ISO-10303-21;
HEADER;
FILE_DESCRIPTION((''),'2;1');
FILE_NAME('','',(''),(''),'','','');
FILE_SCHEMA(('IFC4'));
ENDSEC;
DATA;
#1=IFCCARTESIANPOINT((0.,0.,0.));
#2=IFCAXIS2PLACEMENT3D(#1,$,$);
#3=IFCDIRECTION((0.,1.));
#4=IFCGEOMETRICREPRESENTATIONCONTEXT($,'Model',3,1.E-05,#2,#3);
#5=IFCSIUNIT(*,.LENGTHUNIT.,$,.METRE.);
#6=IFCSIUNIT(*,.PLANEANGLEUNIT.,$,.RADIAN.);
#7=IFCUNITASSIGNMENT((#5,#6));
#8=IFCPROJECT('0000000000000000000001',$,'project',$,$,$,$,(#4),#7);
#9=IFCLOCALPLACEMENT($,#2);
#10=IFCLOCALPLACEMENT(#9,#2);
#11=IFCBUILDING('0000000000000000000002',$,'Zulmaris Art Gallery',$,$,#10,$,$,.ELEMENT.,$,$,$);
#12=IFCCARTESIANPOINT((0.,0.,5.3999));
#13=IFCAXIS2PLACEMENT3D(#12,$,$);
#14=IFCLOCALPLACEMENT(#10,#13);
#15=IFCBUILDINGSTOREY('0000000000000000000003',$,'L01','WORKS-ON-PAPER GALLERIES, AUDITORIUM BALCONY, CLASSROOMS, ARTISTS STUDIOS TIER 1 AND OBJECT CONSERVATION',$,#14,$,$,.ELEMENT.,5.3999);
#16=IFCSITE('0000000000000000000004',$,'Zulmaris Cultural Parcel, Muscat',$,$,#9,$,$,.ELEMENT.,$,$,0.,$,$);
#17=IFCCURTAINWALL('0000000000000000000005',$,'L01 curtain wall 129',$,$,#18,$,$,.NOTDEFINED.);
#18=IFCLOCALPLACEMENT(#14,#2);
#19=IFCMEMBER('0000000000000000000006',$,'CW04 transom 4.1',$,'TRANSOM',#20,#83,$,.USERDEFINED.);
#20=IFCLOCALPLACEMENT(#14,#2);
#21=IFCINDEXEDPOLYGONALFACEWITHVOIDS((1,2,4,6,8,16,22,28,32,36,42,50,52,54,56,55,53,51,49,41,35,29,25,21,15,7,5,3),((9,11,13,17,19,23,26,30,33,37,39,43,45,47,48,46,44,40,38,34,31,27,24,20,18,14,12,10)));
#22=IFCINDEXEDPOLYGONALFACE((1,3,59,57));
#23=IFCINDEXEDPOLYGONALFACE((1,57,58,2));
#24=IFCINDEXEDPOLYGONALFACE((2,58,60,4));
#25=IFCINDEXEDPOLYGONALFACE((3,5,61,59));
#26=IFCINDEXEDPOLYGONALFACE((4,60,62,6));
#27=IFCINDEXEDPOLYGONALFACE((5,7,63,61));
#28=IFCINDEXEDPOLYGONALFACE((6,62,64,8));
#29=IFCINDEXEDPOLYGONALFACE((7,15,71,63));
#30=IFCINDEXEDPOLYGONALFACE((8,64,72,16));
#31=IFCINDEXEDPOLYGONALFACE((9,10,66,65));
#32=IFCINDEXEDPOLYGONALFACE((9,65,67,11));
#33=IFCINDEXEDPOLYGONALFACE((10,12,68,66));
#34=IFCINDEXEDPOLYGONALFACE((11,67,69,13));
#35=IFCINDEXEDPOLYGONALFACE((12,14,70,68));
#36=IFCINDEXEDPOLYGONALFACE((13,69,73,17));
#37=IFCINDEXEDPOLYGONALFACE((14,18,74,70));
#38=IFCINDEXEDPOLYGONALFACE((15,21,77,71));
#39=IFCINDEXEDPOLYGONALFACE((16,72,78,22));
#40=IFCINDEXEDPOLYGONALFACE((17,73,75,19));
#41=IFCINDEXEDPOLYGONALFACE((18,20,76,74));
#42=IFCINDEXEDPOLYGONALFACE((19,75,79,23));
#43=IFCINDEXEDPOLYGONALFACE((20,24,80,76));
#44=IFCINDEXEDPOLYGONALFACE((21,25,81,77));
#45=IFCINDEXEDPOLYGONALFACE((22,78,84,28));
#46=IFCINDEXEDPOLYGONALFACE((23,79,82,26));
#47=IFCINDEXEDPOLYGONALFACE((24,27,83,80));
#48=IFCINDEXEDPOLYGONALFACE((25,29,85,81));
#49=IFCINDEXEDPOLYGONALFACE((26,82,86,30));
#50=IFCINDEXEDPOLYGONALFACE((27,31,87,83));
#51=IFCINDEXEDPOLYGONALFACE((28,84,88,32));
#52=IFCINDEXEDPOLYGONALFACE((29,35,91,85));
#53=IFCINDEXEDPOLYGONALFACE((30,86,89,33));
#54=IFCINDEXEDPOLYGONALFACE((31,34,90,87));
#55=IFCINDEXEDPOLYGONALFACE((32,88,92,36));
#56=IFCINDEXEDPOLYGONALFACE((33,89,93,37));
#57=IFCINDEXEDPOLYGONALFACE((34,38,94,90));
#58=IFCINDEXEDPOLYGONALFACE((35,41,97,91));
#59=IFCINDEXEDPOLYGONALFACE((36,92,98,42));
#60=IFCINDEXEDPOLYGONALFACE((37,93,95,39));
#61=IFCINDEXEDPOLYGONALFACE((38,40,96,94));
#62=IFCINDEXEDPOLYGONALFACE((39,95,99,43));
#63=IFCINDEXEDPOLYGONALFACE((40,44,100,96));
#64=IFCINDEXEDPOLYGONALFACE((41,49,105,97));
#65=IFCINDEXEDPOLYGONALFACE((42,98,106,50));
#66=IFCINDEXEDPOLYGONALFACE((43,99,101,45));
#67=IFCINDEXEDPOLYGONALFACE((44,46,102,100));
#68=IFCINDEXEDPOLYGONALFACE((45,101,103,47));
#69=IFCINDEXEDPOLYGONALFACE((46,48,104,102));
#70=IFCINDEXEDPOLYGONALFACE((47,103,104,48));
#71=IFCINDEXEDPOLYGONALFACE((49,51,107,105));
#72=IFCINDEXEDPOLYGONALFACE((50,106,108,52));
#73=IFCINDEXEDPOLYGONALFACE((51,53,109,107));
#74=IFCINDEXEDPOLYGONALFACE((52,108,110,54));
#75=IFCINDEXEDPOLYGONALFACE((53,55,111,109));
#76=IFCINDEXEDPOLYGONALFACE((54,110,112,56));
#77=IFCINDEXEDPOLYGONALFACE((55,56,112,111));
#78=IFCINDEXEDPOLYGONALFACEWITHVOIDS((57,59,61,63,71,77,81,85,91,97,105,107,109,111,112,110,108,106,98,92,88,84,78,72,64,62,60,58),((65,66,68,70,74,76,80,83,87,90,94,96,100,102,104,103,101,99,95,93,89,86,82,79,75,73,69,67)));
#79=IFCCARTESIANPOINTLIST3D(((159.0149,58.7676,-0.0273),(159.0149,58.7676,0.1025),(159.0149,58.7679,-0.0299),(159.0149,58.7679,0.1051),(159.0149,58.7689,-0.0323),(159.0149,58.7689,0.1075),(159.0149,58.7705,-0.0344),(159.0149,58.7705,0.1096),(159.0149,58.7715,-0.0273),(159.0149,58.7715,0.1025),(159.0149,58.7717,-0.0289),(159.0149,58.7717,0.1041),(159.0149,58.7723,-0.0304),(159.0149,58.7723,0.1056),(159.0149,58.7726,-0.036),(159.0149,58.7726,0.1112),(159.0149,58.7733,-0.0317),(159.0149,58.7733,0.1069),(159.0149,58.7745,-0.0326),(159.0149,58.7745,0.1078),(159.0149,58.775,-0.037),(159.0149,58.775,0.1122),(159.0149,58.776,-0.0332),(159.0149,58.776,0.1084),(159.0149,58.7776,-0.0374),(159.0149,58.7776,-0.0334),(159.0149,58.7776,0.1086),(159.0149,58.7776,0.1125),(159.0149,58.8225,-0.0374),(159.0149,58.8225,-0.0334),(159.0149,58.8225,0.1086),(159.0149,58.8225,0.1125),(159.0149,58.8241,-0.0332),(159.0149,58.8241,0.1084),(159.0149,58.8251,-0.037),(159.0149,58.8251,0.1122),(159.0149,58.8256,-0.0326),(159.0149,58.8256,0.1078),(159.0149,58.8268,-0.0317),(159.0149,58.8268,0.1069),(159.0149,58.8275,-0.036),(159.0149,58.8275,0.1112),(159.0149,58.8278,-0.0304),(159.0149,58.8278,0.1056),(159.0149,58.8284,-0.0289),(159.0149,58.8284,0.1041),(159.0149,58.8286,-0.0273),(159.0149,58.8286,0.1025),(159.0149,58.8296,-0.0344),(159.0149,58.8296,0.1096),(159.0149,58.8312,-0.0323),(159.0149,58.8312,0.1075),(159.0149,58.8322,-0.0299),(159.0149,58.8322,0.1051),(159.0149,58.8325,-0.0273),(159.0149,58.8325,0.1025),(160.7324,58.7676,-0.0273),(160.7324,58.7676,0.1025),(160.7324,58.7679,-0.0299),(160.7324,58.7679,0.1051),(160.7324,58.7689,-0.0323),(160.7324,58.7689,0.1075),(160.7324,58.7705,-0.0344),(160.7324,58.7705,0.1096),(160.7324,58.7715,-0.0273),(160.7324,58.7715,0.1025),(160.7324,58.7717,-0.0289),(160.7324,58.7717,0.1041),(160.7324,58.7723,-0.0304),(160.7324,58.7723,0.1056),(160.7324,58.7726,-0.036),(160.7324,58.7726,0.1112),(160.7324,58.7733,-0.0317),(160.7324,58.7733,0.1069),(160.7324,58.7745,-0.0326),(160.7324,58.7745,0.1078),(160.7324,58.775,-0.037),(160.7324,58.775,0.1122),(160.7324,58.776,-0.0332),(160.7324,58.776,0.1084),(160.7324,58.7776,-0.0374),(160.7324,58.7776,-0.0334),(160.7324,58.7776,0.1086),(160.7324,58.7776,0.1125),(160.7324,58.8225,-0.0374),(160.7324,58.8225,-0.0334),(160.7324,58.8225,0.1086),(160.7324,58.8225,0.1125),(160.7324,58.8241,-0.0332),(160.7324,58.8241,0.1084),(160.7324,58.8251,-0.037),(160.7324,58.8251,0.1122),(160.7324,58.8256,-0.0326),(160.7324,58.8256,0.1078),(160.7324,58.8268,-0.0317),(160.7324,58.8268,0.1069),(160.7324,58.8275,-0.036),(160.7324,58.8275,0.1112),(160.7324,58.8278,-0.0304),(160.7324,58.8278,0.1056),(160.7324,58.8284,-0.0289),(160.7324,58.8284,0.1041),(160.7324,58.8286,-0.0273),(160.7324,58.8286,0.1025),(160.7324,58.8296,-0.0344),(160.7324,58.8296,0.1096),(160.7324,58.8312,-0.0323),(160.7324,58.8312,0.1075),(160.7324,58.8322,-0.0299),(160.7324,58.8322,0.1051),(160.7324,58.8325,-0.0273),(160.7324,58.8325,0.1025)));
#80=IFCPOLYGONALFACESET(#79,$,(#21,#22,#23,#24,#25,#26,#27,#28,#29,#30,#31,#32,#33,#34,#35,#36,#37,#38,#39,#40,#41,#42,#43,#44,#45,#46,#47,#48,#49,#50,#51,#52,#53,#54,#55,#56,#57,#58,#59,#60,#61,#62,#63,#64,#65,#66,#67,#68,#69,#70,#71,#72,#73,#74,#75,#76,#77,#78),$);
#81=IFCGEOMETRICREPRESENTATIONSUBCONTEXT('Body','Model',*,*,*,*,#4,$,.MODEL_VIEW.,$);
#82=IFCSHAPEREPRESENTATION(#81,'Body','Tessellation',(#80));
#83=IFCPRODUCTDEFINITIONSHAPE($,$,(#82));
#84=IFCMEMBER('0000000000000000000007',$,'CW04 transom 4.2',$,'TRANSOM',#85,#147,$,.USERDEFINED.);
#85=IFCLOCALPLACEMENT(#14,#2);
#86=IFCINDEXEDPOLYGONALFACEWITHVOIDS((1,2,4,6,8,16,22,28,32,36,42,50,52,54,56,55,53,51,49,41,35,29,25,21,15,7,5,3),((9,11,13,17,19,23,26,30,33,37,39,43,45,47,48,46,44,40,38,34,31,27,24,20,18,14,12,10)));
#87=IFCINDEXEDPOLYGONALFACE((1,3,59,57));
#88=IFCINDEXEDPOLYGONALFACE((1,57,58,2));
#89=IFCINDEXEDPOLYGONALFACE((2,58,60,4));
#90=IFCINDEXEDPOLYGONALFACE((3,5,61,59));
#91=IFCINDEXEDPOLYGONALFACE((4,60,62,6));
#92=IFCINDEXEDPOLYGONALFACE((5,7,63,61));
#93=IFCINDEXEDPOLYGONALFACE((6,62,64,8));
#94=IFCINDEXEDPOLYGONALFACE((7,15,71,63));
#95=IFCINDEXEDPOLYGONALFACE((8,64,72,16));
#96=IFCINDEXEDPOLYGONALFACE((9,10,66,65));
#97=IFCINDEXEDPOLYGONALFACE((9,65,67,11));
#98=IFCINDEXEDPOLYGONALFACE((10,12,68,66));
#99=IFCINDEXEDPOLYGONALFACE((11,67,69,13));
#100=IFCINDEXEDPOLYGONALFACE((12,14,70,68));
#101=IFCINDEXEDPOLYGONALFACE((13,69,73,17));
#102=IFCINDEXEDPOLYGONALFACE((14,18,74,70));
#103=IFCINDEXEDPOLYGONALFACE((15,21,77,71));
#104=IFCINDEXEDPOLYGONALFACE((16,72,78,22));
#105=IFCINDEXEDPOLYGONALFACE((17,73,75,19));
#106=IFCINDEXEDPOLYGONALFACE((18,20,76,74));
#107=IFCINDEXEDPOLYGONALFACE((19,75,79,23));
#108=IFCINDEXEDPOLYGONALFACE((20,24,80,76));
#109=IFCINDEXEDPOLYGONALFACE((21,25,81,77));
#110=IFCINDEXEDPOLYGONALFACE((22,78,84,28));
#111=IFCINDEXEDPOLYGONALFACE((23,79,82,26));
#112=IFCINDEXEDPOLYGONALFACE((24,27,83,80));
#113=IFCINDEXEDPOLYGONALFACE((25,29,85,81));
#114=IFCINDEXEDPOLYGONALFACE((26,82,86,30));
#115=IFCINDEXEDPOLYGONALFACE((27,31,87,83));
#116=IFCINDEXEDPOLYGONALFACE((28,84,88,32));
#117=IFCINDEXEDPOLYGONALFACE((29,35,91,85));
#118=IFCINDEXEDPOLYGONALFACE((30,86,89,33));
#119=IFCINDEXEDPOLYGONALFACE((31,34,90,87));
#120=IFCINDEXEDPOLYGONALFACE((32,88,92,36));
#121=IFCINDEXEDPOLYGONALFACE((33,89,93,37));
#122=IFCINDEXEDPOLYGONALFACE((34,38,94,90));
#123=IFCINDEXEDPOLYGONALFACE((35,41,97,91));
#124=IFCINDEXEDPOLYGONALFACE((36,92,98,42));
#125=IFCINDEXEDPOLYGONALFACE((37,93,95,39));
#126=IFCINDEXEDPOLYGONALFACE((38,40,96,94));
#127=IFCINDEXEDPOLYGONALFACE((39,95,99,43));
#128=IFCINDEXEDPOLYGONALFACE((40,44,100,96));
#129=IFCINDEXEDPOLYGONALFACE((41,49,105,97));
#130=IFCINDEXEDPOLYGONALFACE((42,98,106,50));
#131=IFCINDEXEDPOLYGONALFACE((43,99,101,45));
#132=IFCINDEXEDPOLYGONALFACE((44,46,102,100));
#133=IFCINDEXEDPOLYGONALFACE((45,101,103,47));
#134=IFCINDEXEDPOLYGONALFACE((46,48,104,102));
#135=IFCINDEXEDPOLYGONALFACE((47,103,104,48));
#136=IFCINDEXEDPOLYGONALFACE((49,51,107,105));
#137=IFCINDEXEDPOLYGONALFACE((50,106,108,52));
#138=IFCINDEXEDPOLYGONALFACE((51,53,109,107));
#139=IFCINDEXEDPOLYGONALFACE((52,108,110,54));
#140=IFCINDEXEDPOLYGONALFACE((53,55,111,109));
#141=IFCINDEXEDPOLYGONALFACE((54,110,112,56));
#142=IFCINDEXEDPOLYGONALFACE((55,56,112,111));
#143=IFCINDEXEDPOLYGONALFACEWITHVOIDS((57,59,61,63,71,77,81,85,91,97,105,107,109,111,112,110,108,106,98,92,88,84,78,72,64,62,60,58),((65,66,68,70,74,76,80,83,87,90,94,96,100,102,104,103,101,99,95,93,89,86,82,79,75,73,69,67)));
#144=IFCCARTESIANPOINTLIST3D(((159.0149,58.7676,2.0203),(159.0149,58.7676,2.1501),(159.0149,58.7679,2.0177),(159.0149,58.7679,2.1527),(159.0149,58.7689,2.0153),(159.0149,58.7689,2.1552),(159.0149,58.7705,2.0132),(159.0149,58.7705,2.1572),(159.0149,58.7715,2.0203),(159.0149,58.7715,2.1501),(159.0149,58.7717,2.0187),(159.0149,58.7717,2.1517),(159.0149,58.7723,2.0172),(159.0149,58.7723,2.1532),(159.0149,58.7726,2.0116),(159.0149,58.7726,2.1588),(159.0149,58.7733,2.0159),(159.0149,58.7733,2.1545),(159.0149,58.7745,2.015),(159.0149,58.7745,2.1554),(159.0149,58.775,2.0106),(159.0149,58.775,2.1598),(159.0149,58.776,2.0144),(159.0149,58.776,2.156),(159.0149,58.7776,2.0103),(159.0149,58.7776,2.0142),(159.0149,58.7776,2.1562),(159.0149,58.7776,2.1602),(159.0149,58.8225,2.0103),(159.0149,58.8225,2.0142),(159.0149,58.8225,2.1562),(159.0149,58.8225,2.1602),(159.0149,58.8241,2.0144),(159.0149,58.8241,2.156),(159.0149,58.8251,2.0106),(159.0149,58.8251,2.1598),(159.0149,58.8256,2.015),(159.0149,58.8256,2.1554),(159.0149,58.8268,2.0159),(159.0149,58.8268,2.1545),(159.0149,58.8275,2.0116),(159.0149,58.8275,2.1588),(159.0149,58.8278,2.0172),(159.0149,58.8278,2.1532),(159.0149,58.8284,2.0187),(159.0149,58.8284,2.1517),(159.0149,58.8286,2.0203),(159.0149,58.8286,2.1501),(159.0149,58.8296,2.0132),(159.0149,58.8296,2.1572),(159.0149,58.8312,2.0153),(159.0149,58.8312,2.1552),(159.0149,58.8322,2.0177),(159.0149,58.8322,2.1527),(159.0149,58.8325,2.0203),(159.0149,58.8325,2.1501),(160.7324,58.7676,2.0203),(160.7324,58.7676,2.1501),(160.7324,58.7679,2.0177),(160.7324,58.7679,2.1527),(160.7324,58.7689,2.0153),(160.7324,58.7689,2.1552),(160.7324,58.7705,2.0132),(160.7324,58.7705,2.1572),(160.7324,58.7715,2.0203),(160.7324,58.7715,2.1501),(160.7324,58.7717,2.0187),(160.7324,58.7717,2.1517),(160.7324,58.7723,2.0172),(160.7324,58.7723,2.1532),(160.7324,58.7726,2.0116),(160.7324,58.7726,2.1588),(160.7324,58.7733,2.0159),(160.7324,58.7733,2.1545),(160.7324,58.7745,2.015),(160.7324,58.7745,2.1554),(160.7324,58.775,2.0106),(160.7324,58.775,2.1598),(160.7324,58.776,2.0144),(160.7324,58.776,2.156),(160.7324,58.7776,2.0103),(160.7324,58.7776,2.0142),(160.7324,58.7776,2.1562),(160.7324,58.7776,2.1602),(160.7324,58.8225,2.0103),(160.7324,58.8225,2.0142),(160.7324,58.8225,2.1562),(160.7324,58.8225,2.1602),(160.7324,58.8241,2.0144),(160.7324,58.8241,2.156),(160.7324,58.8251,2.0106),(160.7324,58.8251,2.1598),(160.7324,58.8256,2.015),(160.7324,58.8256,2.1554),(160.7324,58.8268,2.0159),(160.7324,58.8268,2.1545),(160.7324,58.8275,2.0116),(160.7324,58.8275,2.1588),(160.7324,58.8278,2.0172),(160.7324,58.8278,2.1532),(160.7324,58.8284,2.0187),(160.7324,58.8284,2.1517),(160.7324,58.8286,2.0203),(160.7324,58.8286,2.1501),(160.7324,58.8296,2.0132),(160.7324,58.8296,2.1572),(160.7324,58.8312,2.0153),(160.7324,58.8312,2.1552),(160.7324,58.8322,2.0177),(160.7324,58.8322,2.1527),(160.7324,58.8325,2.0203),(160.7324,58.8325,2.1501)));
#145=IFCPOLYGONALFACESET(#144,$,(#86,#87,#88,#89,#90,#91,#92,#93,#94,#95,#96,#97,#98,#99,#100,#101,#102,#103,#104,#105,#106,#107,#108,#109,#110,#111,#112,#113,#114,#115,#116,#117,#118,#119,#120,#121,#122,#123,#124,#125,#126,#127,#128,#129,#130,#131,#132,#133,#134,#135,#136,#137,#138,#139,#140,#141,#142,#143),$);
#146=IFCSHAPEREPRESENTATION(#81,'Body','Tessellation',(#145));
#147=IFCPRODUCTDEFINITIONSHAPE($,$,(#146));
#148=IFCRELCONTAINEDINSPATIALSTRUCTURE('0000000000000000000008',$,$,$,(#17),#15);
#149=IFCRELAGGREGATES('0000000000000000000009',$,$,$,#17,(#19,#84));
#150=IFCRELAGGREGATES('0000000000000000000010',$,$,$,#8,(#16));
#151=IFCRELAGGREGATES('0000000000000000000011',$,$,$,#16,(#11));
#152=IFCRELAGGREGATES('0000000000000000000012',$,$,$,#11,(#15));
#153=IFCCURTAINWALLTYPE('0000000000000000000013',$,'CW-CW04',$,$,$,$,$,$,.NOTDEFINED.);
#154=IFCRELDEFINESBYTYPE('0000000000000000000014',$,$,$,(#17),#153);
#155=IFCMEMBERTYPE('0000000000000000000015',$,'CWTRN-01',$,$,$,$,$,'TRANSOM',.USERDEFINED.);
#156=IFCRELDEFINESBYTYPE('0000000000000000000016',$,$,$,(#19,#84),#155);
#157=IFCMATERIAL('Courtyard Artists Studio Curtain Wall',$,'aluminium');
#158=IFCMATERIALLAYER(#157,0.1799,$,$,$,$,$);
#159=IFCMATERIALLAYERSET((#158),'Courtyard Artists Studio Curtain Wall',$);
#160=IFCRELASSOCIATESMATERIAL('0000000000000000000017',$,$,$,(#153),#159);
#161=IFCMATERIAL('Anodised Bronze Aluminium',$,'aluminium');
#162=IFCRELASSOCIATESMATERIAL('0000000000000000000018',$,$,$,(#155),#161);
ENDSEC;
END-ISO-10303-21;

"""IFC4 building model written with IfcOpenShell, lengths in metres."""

from ifc_helpers import new_model, si_unit, direction, frame, origin, origin_2d, place, context, subcontext, project, spatial, hollow_rectangle, extrude, material, layer, layer_set, material_profile, profile_set, type_object, element, aggregate, save


model = new_model("IFC4")

# Units and contexts
model_context = context("Model", 3, precision=1e-05, world=origin(), true_north=direction((0.0, 1.0)))
body_context = subcontext(model_context, "Body", "Model", "MODEL_VIEW")
ifc_project = project(units=[si_unit("LENGTHUNIT", "METRE"), si_unit("PLANEANGLEUNIT", "RADIAN")], contexts=[model_context])

# Site, building, storey
site_placement = place(None, origin())
site = spatial("IfcSite", under=ifc_project, at=site_placement, Name="Zulmaris Cultural Parcel, Muscat", CompositionType="ELEMENT", RefElevation=0.0)
building_placement = place(site_placement, origin())
building = spatial("IfcBuilding", under=site, at=building_placement, Name="Zulmaris Art Gallery", CompositionType="ELEMENT")
storey_placement = place(building_placement, frame((0.0, 0.0, 5.3999)))
storey = spatial("IfcBuildingStorey", under=building, at=storey_placement, Name="L01", Description="WORKS-ON-PAPER GALLERIES, AUDITORIUM BALCONY, CLASSROOMS, ARTISTS STUDIOS TIER 1 AND OBJECT CONSERVATION", CompositionType="ELEMENT", Elevation=5.3999)

# Curtain wall
ifc_material_1 = material(Name="Courtyard Artists Studio Curtain Wall", Category="aluminium")
ifc_layer_1 = layer(ifc_material_1, 0.1799)
ifc_layer_set_1 = layer_set([ifc_layer_1], Name="Courtyard Artists Studio Curtain Wall")
curtain_wall_type = type_object("IfcCurtainWallType", Name="CW-CW04", PredefinedType="NOTDEFINED", material=ifc_layer_set_1)
curtain_wall_1_placement = place(storey_placement, origin())
curtain_wall_1 = element("IfcCurtainWall", 1, at=curtain_wall_1_placement, inside=storey, type_object=curtain_wall_type, Name="L01 curtain wall 129", PredefinedType="NOTDEFINED")
ifc_material_2 = material(Name="Anodised Bronze Aluminium", Category="aluminium")
ifc_material_profile_1 = material_profile(ifc_material_2, hollow_rectangle(XDim=0.0649, YDim=0.1499, WallThickness=0.0039, InnerFilletRadius=0.0061, OuterFilletRadius=0.01, at=origin_2d()), Name="ALU 65x150x4")
ifc_profile_set_1 = profile_set([ifc_material_profile_1], Name="Anodised Bronze Aluminium")
member_type_1 = type_object("IfcMemberType", Name="CWTRN-01", ElementType="TRANSOM", PredefinedType="USERDEFINED", material=ifc_profile_set_1)

# Members
member_1_placement = place(storey_placement, frame((160.7324, 58.8, 0.0376), z_axis=(-1.0, 0.0, 0.0), x_axis=(0.0, -1.0, 0.0)))
member_1 = element("IfcMember", 2, at=member_1_placement, type_object=member_type_1, Name="CW04 transom 4.1", ObjectType="TRANSOM", PredefinedType="USERDEFINED", context=body_context, shape_type="SweptSolid", body=[
    extrude(hollow_rectangle(XDim=0.0649, YDim=0.1499, WallThickness=0.0039, InnerFilletRadius=0.0061, OuterFilletRadius=0.01, at=origin_2d()), origin(), (0.0, 0.0, 1.0), 1.7175),
])
member_2_placement = place(storey_placement, frame((160.7324, 58.8, 2.0852), z_axis=(-1.0, 0.0, 0.0), x_axis=(0.0, -1.0, 0.0)))
member_2 = element("IfcMember", 3, at=member_2_placement, type_object=member_type_1, Name="CW04 transom 4.2", ObjectType="TRANSOM", PredefinedType="USERDEFINED", context=body_context, shape_type="SweptSolid", body=[
    extrude(hollow_rectangle(XDim=0.0649, YDim=0.1499, WallThickness=0.0039, InnerFilletRadius=0.0061, OuterFilletRadius=0.01, at=origin_2d()), origin(), (0.0, 0.0, 1.0), 1.7175),
])

aggregate(curtain_wall_1, [member_1, member_2])

save(model, "model.ifc")
